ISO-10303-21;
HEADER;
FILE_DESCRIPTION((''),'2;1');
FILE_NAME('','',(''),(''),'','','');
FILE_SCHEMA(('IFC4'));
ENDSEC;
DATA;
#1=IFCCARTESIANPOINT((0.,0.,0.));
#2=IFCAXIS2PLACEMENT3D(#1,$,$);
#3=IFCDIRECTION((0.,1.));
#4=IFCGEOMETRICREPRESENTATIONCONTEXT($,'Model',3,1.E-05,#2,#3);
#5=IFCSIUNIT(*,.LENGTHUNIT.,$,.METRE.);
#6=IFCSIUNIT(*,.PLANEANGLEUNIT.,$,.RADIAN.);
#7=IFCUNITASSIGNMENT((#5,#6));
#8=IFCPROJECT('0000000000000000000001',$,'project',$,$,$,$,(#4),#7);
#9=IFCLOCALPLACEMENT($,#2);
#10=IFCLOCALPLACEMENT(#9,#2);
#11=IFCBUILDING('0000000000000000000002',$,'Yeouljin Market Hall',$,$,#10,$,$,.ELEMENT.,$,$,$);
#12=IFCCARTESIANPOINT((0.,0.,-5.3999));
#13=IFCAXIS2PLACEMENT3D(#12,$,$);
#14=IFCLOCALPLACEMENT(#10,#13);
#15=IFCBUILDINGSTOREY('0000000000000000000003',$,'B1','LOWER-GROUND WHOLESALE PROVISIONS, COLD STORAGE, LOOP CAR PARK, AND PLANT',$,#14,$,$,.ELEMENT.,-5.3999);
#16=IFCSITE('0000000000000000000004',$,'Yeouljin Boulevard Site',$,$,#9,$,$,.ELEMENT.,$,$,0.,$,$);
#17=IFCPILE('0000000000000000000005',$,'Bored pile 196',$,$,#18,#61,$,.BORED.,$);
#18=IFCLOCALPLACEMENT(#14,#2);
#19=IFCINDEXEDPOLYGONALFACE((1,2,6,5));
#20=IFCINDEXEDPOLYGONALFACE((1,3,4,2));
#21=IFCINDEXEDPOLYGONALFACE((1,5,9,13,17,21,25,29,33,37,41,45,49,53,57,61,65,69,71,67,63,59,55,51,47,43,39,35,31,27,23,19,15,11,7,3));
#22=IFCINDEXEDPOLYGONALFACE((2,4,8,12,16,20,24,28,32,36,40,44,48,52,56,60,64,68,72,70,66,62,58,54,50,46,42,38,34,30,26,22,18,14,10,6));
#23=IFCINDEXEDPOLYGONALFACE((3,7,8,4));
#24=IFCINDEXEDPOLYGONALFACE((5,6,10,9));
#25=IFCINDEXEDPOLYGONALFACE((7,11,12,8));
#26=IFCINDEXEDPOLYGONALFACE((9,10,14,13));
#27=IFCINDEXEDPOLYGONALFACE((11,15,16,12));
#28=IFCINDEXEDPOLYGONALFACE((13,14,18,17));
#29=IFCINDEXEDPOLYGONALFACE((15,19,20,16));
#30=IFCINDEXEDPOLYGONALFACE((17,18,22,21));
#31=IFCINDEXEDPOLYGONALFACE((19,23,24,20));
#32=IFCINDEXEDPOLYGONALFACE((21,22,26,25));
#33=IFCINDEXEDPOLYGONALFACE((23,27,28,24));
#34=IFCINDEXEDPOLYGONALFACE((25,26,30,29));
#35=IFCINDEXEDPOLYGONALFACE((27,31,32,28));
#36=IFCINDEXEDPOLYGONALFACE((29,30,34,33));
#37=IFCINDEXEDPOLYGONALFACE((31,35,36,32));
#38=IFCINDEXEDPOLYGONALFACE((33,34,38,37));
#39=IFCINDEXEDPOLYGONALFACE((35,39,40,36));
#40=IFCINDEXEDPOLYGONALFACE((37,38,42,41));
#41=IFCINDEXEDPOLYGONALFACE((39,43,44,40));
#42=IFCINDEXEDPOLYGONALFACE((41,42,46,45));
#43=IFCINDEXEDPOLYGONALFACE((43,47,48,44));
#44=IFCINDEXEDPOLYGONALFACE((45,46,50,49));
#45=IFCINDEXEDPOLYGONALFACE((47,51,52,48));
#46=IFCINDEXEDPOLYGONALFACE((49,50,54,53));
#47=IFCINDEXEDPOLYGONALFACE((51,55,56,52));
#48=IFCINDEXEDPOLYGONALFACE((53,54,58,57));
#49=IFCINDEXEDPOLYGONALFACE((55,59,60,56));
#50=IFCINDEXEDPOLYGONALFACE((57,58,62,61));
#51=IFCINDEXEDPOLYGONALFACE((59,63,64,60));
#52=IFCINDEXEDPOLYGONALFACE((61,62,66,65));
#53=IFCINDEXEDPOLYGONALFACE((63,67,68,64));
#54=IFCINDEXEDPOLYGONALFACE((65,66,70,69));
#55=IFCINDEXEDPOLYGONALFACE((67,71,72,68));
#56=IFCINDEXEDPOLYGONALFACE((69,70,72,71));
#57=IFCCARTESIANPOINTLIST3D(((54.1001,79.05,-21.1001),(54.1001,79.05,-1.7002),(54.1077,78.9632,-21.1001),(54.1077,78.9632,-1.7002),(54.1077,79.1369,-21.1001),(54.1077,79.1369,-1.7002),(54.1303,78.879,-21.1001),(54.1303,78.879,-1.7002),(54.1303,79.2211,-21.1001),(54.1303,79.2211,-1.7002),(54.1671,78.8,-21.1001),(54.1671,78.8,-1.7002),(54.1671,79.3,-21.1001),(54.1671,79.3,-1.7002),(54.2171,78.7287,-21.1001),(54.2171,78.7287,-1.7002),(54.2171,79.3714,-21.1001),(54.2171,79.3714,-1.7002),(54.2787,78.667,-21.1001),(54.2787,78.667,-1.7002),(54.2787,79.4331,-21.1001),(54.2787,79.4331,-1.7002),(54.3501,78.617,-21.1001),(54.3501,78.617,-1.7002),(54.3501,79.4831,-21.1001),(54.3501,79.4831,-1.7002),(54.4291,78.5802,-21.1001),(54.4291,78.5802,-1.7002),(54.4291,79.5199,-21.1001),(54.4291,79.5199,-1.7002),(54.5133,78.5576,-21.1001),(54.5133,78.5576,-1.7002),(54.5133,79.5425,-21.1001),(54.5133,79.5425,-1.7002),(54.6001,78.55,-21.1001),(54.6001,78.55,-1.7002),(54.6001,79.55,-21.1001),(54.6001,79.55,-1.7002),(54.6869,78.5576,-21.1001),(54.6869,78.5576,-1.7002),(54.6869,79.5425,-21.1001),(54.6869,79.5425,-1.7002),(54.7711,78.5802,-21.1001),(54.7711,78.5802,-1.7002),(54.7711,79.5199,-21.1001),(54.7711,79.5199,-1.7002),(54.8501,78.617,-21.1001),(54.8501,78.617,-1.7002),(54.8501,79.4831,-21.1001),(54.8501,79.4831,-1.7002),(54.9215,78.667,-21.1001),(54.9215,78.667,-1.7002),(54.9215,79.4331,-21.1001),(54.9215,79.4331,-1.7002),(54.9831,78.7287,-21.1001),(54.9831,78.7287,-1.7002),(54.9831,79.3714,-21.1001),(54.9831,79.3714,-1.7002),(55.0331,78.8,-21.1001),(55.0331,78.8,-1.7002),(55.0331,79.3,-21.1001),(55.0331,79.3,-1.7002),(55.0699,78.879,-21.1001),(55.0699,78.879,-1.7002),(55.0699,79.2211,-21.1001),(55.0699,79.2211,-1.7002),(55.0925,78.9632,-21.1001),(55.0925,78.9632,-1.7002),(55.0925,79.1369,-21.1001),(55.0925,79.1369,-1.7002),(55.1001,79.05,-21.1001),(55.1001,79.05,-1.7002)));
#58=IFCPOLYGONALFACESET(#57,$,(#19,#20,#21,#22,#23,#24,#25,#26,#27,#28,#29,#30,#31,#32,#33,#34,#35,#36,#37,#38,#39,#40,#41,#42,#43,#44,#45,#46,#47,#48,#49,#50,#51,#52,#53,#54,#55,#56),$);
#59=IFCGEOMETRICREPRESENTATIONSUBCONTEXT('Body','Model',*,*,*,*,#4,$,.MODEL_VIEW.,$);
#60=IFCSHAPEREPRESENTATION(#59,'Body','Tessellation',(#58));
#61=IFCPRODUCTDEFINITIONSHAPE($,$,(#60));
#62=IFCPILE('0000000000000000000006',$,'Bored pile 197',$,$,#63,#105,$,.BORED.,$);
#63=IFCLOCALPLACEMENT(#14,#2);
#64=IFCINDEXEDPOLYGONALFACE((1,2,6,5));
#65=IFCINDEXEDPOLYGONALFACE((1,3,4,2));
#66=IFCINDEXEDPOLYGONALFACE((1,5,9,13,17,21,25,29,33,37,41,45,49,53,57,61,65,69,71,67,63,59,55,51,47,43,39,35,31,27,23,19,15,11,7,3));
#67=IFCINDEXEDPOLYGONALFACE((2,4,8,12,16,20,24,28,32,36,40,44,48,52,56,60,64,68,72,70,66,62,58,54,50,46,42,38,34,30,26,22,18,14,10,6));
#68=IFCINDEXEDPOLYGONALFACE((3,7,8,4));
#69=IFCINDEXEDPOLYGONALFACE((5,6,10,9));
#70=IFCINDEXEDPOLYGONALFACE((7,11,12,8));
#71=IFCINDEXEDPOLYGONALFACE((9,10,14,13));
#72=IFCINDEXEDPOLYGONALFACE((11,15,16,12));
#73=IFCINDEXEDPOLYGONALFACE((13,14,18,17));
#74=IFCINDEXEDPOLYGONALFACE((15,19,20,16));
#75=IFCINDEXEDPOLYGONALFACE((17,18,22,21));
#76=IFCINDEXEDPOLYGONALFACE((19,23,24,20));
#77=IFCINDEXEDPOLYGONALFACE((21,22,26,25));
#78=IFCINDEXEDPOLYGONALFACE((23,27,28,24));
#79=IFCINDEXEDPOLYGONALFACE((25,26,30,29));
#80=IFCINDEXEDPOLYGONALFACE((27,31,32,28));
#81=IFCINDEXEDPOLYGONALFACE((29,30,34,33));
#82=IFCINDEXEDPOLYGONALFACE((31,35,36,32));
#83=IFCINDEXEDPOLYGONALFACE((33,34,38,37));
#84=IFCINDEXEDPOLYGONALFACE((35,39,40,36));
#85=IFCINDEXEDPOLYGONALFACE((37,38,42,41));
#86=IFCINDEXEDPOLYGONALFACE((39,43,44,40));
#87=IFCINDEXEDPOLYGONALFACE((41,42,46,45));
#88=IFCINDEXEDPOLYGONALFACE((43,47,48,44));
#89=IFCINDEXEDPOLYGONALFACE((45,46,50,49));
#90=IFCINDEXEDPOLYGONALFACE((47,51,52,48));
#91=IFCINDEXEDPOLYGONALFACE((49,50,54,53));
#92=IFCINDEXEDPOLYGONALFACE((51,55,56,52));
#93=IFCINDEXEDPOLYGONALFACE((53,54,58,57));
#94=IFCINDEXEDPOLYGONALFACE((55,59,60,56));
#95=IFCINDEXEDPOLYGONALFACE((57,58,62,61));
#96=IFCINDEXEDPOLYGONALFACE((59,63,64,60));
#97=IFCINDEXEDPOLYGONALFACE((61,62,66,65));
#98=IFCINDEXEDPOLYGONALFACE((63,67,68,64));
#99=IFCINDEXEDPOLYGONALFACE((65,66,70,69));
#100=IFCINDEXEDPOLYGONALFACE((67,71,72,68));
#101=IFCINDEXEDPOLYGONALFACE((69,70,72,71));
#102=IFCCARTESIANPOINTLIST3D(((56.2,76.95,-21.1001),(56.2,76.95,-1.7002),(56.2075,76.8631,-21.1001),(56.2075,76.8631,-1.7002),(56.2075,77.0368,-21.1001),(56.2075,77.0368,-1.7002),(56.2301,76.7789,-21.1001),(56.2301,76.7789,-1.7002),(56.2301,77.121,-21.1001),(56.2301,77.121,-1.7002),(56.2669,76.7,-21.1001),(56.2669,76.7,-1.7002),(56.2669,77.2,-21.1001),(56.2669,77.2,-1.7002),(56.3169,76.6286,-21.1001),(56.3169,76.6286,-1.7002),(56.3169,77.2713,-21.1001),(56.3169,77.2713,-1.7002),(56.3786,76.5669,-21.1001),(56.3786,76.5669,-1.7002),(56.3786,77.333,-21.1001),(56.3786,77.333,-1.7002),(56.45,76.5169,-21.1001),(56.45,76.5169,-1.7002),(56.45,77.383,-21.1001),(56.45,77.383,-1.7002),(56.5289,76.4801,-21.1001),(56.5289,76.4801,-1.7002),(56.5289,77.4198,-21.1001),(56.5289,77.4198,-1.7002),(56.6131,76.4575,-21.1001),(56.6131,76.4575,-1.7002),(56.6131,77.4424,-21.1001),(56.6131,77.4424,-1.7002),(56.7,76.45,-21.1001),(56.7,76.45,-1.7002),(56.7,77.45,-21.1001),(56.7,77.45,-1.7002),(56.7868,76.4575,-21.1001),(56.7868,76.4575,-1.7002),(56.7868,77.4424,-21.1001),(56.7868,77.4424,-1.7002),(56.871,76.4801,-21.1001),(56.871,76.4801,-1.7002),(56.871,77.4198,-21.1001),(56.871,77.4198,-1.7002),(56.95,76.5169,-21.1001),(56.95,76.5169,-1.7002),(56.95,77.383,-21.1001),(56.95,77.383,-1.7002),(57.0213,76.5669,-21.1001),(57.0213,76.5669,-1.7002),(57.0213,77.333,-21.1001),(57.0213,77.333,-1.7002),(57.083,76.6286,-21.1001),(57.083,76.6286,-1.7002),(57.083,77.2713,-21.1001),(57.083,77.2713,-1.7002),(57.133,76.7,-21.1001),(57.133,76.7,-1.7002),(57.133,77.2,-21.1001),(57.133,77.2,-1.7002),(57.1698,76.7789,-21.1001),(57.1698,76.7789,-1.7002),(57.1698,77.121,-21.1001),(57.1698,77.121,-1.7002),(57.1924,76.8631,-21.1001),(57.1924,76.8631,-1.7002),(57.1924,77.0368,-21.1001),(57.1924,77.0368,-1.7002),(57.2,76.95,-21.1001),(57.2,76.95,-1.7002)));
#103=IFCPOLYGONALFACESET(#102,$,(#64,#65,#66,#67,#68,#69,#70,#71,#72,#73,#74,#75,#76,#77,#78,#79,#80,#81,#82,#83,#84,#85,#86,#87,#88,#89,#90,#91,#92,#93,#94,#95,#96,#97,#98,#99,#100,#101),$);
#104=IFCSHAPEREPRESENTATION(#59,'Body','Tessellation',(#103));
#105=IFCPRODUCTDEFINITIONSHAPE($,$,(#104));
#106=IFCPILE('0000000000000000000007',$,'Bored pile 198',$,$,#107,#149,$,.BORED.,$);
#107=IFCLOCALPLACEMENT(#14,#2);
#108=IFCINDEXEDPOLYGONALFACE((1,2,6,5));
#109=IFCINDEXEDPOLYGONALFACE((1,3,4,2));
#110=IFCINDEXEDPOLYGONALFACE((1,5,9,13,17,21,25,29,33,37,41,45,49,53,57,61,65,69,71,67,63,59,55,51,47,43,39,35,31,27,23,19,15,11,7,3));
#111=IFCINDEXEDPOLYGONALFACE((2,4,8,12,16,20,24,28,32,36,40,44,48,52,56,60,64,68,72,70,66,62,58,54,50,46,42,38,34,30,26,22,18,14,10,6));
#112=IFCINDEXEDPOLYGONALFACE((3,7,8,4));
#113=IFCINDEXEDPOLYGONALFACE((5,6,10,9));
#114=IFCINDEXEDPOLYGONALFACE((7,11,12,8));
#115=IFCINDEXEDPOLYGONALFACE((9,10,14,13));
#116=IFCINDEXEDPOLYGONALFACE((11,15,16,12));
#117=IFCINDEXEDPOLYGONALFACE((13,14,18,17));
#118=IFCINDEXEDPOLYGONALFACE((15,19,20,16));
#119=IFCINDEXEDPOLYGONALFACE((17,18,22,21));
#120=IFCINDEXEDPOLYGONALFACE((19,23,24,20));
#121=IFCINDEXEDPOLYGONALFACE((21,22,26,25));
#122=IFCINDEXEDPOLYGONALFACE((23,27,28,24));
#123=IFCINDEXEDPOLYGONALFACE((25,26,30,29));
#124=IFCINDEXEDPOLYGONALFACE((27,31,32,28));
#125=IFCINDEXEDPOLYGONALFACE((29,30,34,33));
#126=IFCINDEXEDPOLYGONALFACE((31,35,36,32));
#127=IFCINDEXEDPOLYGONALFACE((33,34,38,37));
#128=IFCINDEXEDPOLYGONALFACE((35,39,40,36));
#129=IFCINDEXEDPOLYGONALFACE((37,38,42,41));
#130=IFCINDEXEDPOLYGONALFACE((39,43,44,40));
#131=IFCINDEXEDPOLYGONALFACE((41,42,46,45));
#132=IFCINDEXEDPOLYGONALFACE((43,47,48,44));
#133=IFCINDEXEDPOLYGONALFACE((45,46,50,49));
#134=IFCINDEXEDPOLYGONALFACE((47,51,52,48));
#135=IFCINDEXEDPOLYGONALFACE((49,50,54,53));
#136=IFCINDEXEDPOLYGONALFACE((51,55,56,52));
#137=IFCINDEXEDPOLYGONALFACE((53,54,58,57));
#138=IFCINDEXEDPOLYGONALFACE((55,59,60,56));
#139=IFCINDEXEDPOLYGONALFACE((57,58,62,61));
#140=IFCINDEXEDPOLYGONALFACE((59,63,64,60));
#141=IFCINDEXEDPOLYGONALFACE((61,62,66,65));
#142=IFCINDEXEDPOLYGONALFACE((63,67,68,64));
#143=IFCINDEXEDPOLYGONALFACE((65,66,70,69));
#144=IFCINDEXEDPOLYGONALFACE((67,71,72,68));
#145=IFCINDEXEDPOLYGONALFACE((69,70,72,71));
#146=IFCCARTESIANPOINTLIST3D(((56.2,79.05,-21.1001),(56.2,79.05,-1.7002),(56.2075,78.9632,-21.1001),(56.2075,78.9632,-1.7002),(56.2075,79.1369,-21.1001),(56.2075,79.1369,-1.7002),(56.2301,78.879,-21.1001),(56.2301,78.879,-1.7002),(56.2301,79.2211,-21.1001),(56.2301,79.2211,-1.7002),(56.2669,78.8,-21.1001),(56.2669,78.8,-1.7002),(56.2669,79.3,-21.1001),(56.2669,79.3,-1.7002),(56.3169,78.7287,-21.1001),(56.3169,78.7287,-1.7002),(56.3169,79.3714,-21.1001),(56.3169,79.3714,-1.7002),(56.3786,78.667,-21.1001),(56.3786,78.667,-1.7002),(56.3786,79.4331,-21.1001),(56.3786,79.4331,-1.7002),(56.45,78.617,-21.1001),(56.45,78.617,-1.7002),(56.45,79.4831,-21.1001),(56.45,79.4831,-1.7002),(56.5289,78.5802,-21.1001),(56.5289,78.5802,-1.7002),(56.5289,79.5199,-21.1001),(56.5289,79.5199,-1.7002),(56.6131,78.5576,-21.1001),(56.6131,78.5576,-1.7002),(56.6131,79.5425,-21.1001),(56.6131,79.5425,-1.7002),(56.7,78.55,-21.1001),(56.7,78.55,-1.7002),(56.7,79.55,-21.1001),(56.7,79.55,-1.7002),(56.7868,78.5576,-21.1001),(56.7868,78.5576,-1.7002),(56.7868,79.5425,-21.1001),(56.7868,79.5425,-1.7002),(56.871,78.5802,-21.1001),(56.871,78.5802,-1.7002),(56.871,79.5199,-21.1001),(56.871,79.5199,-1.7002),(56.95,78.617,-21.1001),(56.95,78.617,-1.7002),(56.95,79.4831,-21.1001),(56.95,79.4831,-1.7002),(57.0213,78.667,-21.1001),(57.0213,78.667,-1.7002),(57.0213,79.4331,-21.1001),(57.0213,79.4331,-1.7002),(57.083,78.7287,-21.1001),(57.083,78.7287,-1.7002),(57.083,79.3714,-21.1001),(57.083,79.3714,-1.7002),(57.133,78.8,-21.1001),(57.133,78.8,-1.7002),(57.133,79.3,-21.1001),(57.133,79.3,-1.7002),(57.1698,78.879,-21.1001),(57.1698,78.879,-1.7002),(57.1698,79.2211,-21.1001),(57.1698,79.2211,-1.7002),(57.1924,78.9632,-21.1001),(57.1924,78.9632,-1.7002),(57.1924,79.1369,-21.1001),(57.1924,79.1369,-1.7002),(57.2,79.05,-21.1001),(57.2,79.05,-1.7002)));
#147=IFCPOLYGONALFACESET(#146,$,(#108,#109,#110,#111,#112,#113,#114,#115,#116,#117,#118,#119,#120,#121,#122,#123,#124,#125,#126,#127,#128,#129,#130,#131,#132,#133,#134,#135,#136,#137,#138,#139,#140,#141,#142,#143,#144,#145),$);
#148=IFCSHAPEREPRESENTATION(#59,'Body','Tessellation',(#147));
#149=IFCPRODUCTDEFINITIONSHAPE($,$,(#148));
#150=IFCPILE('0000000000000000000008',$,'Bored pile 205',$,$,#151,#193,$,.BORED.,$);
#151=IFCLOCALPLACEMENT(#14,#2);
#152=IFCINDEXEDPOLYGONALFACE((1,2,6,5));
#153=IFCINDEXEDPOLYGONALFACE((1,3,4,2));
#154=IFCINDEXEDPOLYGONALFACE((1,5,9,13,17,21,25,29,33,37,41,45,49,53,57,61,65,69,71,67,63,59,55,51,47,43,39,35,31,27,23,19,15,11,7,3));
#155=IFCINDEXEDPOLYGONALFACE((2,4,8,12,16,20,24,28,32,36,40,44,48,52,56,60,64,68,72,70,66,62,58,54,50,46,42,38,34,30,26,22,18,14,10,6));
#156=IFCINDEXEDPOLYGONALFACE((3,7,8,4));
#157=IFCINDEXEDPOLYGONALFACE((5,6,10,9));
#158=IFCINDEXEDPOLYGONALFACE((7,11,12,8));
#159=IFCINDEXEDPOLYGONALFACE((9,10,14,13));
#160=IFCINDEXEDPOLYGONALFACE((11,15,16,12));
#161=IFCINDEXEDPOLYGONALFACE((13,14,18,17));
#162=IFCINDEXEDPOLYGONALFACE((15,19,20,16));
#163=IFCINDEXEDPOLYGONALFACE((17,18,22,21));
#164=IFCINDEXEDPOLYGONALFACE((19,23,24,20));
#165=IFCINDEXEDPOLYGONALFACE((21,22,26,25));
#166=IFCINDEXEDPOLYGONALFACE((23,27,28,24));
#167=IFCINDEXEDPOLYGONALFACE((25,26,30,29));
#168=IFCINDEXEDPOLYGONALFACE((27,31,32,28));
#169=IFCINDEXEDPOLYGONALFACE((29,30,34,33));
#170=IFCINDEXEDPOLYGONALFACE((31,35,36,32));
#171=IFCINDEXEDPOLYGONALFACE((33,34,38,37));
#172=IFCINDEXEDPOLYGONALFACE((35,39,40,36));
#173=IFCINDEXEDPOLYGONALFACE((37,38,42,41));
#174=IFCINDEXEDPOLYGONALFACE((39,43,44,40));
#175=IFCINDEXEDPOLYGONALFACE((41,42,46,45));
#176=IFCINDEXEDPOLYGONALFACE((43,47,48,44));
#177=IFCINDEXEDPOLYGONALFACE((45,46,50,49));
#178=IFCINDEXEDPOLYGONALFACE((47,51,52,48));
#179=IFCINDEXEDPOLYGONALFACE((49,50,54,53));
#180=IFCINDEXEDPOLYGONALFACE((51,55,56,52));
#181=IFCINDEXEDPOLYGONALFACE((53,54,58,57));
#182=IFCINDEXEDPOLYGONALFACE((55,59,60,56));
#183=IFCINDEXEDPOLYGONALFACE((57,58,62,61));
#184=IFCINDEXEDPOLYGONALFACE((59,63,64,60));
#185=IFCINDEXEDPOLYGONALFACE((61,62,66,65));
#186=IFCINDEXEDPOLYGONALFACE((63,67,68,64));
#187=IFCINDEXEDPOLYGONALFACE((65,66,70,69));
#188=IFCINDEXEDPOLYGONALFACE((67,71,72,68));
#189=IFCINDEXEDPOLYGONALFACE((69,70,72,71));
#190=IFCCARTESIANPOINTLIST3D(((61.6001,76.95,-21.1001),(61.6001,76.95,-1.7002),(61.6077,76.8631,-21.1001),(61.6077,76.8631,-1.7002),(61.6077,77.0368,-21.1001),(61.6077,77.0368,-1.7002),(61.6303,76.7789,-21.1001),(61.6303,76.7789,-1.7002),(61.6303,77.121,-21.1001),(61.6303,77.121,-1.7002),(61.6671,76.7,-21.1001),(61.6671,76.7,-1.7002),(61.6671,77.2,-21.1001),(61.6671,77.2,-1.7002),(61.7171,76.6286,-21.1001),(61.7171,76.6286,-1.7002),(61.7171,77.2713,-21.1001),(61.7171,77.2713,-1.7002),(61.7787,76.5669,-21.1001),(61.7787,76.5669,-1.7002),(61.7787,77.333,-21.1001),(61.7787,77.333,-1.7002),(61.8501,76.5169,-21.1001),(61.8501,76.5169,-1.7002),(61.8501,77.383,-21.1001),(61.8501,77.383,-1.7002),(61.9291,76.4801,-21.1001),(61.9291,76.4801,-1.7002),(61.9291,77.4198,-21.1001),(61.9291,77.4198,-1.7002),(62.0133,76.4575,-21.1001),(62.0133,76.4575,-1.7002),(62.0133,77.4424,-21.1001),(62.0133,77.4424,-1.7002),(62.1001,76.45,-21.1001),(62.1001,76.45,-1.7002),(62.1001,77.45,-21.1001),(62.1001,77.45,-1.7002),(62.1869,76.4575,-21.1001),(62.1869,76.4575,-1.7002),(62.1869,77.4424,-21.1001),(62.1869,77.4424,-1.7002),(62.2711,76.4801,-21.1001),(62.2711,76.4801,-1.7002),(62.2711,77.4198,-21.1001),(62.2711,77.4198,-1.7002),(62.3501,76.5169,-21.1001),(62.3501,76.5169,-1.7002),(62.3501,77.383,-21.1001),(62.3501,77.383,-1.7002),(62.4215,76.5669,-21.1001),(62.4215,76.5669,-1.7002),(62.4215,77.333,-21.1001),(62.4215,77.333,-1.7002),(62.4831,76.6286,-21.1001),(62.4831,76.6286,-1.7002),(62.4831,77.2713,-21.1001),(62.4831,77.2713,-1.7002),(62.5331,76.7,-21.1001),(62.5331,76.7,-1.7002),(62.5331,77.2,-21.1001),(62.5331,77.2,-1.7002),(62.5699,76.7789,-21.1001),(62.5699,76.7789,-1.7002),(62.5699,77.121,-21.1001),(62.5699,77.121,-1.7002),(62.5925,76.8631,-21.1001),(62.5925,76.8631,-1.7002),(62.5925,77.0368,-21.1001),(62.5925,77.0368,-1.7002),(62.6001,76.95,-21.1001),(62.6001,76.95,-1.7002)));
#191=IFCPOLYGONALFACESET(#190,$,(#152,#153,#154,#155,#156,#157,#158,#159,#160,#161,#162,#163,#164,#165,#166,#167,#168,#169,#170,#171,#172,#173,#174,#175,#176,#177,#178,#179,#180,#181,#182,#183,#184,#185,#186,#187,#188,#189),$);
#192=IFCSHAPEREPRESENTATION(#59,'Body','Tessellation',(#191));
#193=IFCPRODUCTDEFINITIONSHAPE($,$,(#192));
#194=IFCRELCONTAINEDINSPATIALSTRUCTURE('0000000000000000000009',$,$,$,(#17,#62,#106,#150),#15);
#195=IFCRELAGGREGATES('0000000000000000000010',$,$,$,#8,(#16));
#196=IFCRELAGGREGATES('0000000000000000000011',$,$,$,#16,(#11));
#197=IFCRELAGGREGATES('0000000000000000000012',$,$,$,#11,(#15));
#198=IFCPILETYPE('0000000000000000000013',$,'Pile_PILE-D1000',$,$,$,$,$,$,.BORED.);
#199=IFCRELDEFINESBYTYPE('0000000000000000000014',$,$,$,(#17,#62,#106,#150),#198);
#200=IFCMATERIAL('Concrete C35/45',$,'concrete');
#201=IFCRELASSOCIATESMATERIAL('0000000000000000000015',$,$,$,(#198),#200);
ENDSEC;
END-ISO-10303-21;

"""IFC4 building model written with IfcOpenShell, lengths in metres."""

from ifc_helpers import new_model, si_unit, direction, frame, origin, origin_2d, place, context, subcontext, project, spatial, circle, extrude, material, material_profile, profile_set, type_object, element, save


model = new_model("IFC4")

# Units and contexts
model_context = context("Model", 3, precision=1e-05, world=origin(), true_north=direction((0.0, 1.0)))
body_context = subcontext(model_context, "Body", "Model", "MODEL_VIEW")
ifc_project = project(units=[si_unit("LENGTHUNIT", "METRE"), si_unit("PLANEANGLEUNIT", "RADIAN")], contexts=[model_context])

# Site, building, storey
site_placement = place(None, origin())
site = spatial("IfcSite", under=ifc_project, at=site_placement, Name="Yeouljin Boulevard Site", CompositionType="ELEMENT", RefElevation=0.0)
building_placement = place(site_placement, origin())
building = spatial("IfcBuilding", under=site, at=building_placement, Name="Yeouljin Market Hall", CompositionType="ELEMENT")
storey_placement = place(building_placement, frame((0.0, 0.0, -5.3999)))
storey = spatial("IfcBuildingStorey", under=building, at=storey_placement, Name="B1", Description="LOWER-GROUND WHOLESALE PROVISIONS, COLD STORAGE, LOOP CAR PARK, AND PLANT", CompositionType="ELEMENT", Elevation=-5.3999)

# Piles
ifc_material_1 = material(Name="Concrete C35/45", Category="concrete")
ifc_material_profile_1 = material_profile(ifc_material_1, circle(Radius=0.5, at=origin_2d()), Name="PILE-D1000")
ifc_profile_set_1 = profile_set([ifc_material_profile_1], Name="Concrete C35/45")
pile_type = type_object("IfcPileType", Name="Pile_PILE-D1000", PredefinedType="BORED", material=ifc_profile_set_1)
for number, where, z_axis, x_axis, name in (
    (1, (54.6001, 79.05, -1.7002), (0.0, 0.0, -1.0), (1.0, 0.0, 0.0), "Bored pile 196"),
    (2, (56.7, 76.95, -1.7002), (0.0, 0.0, -1.0), (1.0, 0.0, 0.0), "Bored pile 197"),
    (3, (56.7, 79.05, -1.7002), (0.0, 0.0, -1.0), (1.0, 0.0, 0.0), "Bored pile 198"),
    (4, (62.1001, 76.95, -1.7002), (0.0, 0.0, -1.0), (1.0, 0.0, 0.0), "Bored pile 205"),
):
    element("IfcPile", number, at=place(storey_placement, frame(where, z_axis=z_axis, x_axis=x_axis)), inside=storey, type_object=pile_type, Name=name, PredefinedType="BORED", context=body_context, shape_type="SweptSolid", body=[
        extrude(circle(Radius=0.5, at=origin_2d()), origin(), (0.0, 0.0, 1.0), 19.3999),
    ])

save(model, "model.ifc")
